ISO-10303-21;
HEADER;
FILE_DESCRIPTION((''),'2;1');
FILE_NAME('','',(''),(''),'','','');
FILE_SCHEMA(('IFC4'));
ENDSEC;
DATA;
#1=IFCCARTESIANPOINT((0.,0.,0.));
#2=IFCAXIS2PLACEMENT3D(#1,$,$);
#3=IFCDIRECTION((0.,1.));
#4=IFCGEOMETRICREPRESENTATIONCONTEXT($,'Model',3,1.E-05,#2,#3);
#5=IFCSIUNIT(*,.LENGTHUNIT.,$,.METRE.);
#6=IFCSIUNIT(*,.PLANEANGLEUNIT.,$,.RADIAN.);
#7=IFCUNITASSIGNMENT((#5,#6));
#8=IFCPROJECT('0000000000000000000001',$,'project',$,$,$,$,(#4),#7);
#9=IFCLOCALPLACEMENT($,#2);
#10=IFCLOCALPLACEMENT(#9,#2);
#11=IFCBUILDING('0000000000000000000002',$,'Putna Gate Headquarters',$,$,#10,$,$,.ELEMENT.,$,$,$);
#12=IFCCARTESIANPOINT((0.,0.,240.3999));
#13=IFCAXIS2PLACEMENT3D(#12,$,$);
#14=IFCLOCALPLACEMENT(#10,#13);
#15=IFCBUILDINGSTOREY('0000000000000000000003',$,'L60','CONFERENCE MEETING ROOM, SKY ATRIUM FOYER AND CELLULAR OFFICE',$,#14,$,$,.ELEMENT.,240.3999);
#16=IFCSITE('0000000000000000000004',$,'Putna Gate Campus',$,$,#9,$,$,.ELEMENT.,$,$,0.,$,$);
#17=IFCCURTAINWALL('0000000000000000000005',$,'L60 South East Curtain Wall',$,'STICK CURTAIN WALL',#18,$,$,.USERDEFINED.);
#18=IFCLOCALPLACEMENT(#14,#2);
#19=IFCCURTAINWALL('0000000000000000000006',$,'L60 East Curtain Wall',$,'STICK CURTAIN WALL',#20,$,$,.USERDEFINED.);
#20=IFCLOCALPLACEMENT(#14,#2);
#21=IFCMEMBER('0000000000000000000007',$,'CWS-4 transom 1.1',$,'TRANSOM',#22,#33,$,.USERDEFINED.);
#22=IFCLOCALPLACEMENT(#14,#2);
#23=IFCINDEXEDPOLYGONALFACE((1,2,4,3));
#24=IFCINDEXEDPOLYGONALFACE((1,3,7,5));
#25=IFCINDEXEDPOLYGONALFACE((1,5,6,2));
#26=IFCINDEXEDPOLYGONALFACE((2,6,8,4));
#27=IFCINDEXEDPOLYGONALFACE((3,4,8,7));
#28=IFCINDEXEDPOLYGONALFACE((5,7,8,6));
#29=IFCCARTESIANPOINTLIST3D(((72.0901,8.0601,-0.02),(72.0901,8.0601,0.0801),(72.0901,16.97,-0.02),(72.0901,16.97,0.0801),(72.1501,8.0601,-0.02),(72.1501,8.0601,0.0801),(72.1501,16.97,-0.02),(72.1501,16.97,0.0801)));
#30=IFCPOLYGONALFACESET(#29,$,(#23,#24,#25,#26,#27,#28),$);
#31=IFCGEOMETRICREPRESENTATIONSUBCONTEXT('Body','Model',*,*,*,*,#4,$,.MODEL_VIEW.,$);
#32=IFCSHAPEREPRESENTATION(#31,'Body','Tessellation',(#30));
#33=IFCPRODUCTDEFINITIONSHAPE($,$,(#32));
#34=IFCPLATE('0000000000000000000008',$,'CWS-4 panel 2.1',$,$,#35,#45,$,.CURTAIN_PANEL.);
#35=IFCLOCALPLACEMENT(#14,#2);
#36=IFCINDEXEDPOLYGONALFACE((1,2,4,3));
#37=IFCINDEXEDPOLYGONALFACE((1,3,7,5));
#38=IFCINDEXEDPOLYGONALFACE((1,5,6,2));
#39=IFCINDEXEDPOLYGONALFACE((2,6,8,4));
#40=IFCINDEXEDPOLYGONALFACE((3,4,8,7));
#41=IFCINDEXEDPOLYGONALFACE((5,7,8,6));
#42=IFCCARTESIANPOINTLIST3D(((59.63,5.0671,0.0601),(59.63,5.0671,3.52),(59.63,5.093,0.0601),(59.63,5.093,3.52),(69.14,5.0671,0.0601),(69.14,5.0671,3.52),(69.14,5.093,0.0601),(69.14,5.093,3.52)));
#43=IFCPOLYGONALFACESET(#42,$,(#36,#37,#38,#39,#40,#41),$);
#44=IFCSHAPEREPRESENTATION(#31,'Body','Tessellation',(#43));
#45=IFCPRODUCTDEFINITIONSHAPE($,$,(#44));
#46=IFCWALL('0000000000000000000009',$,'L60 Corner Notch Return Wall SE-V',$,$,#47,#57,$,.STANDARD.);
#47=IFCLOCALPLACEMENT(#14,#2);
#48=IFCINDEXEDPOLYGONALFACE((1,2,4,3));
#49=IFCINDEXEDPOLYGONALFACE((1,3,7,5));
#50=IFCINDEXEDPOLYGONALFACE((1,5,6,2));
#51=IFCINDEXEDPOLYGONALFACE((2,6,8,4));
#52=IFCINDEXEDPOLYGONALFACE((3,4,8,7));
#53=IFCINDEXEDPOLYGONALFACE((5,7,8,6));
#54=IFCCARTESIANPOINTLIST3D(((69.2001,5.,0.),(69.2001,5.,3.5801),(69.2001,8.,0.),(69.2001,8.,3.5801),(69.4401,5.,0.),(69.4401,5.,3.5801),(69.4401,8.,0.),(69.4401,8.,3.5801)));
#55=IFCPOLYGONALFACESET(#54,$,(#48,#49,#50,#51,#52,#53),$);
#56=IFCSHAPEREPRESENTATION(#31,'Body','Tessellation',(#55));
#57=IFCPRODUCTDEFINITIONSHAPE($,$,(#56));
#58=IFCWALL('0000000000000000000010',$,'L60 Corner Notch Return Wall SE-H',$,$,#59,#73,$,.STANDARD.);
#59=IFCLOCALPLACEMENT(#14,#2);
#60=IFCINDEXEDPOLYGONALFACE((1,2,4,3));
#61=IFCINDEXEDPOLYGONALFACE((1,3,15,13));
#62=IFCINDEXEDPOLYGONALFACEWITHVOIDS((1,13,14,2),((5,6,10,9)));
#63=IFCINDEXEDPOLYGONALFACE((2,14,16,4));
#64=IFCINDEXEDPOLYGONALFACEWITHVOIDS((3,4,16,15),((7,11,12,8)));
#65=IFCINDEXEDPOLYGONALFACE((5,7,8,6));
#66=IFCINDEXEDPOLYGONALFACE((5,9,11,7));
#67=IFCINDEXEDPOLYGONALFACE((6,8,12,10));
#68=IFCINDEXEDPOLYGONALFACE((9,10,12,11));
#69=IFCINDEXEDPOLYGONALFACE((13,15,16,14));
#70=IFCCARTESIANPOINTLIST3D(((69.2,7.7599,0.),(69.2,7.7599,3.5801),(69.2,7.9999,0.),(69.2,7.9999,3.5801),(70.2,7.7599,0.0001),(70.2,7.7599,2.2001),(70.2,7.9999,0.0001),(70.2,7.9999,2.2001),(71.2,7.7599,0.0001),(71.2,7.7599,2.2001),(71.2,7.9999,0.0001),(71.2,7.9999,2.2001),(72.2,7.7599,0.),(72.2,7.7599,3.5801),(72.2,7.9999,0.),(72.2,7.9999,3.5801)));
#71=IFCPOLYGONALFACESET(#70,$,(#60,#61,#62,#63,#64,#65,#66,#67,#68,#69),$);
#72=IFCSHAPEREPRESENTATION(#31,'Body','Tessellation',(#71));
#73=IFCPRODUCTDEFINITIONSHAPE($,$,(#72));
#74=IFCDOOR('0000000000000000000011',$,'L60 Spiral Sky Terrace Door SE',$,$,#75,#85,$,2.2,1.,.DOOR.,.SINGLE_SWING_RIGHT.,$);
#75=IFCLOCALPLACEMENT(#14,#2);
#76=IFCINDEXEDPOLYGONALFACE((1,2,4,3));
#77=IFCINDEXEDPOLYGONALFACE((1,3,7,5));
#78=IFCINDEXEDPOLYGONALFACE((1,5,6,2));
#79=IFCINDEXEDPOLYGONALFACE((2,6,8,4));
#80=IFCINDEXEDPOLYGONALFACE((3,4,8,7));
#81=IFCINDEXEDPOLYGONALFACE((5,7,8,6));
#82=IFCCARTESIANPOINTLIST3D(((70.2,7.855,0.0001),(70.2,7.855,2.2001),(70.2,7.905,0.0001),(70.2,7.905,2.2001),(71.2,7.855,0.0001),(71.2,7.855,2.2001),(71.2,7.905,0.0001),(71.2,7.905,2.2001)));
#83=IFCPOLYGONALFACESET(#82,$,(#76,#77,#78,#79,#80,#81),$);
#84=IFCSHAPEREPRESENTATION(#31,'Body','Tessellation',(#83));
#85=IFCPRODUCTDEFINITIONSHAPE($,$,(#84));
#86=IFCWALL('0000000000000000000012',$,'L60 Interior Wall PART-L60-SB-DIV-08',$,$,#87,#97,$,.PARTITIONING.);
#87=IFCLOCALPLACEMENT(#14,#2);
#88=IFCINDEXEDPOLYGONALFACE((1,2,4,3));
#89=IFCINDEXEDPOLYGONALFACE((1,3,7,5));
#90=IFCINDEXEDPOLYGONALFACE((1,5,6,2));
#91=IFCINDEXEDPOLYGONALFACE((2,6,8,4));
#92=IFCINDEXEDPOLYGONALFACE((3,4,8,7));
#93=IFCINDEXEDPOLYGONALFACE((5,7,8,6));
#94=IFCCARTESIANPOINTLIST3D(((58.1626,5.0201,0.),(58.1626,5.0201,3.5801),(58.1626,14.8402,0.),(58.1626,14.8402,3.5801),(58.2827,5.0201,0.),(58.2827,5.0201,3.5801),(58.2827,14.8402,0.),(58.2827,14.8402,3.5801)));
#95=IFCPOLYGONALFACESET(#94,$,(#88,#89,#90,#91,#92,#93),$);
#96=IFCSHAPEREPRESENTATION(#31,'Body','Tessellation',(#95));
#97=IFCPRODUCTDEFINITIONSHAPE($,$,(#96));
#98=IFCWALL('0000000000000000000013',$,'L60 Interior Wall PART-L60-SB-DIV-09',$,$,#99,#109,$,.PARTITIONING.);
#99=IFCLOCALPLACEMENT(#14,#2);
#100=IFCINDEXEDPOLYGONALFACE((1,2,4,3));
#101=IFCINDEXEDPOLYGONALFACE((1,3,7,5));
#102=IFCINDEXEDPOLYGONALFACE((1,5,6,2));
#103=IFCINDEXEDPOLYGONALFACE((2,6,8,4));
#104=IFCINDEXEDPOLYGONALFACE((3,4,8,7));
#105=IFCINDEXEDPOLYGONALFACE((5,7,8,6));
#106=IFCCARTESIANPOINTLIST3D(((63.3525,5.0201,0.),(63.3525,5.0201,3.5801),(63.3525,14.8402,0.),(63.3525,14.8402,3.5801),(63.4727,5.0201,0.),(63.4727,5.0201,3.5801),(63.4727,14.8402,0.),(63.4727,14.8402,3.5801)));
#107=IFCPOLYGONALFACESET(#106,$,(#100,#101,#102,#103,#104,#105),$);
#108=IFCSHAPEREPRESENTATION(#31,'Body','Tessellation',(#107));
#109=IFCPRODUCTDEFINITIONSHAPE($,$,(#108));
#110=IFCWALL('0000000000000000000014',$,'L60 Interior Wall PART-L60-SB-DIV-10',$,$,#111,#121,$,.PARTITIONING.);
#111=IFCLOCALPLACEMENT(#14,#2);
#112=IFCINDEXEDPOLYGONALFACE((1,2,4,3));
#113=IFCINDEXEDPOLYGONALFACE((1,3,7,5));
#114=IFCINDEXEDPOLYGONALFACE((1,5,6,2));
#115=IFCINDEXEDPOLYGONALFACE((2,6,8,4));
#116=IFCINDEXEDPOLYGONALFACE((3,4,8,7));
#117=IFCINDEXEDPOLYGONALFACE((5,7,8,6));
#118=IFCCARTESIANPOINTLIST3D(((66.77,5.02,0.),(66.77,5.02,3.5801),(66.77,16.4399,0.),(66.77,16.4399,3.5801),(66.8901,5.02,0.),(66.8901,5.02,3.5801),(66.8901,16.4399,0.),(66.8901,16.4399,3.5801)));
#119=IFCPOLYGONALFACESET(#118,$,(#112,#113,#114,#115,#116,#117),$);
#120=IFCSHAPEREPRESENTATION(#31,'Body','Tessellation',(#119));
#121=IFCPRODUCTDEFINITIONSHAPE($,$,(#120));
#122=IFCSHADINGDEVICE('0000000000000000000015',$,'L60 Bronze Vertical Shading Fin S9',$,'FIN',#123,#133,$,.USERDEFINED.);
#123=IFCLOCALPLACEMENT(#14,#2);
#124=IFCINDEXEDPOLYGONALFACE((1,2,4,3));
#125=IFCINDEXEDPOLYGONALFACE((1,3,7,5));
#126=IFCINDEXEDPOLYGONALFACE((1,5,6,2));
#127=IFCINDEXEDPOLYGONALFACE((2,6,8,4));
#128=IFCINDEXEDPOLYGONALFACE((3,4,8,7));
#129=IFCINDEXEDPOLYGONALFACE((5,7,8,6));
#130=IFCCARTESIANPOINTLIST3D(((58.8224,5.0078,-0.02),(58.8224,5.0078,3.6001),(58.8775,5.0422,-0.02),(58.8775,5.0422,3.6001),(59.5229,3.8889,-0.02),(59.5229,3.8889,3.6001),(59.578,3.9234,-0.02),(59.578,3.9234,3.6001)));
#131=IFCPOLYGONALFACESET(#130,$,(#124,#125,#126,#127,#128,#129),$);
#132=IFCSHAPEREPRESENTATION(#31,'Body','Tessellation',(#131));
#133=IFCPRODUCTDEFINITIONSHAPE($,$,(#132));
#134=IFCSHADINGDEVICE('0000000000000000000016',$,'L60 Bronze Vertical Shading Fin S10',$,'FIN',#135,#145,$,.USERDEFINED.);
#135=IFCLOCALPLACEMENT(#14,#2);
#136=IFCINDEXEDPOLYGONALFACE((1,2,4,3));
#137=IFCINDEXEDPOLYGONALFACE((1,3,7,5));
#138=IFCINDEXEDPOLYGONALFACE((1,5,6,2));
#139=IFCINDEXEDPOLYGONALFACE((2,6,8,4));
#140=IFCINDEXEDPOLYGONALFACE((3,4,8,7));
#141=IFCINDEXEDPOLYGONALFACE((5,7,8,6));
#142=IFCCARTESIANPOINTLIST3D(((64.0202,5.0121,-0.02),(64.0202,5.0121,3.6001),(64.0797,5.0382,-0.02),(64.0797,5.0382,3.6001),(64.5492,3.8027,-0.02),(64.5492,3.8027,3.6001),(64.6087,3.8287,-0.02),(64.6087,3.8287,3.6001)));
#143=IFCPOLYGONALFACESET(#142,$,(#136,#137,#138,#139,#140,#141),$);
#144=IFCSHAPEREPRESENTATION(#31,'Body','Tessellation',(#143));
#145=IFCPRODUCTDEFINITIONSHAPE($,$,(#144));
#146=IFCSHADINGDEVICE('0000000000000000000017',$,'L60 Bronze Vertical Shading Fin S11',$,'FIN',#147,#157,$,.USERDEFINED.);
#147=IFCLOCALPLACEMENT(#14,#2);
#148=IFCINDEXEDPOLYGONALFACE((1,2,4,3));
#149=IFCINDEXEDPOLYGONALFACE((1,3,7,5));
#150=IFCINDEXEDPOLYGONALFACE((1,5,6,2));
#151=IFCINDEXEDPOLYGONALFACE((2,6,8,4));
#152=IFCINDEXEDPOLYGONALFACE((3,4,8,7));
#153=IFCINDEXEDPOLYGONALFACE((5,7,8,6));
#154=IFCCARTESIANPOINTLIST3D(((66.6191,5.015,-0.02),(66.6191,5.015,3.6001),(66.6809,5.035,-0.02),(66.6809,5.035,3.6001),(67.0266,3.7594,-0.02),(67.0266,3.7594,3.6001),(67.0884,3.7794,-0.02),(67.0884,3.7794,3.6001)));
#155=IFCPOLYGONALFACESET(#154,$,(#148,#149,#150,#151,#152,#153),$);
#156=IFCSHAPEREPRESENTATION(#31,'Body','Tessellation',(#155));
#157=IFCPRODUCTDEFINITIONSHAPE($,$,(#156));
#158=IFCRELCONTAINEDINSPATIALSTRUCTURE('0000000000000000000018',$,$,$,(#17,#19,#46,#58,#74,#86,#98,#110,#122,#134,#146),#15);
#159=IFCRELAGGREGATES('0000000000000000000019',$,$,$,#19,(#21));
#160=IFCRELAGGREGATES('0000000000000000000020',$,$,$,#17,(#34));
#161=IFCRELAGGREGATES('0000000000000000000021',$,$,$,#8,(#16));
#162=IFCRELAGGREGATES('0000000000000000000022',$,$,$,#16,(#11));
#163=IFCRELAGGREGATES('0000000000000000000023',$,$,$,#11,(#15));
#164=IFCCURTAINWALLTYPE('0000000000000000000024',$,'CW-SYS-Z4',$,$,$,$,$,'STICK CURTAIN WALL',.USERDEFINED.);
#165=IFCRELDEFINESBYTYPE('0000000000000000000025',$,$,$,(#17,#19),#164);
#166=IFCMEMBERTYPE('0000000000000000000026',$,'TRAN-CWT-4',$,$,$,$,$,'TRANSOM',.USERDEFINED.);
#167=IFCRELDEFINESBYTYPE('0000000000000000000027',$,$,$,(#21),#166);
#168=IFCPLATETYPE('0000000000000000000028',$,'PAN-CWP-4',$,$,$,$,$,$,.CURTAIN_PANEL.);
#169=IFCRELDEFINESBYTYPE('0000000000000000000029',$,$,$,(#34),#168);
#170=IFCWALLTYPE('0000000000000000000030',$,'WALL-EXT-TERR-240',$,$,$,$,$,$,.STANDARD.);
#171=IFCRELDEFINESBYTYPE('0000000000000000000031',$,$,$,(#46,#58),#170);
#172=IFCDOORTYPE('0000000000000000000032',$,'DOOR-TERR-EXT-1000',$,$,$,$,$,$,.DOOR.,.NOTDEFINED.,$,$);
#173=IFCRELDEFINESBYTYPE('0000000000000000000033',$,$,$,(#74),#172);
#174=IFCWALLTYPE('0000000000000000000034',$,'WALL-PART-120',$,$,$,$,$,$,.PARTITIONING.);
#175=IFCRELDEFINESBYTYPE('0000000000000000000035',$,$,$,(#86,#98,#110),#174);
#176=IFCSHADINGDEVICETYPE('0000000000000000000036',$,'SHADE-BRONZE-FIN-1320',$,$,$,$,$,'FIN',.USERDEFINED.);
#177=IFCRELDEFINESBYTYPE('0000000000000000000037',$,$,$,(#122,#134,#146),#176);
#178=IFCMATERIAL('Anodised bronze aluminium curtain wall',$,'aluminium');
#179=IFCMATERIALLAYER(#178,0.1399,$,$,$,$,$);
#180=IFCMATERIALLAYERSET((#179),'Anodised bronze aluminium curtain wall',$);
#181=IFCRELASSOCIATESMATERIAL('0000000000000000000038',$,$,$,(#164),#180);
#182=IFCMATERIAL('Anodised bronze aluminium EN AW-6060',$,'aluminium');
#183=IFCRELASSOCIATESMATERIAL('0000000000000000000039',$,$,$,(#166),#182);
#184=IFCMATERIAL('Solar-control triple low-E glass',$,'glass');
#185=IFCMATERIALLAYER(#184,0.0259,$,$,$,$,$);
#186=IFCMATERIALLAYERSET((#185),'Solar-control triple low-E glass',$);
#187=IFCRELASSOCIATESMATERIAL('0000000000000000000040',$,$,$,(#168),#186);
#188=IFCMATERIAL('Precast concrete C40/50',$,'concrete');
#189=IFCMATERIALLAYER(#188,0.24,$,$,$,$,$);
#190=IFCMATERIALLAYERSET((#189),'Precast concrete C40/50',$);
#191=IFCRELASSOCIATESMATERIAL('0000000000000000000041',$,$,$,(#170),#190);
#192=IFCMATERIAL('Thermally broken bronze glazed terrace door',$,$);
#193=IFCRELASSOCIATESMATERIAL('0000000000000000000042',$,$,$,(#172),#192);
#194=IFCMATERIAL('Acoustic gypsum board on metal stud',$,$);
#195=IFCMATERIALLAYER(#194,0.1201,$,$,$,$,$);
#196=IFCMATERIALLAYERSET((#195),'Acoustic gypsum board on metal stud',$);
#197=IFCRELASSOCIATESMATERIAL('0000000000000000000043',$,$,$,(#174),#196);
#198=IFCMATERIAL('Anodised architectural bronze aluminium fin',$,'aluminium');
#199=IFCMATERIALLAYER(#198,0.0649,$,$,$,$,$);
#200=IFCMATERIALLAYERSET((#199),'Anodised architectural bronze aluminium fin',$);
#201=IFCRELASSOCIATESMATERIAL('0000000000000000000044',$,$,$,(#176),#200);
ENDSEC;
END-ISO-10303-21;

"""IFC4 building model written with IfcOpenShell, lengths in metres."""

from ifc_helpers import new_model, si_unit, direction, frame, frame_2d, origin, origin_2d, place, context, subcontext, project, spatial, rectangle, extrude, material, layer, layer_set, material_profile, profile_set, type_object, element, fill, aggregate, save


model = new_model("IFC4")

# Units and contexts
model_context = context("Model", 3, precision=1e-05, world=origin(), true_north=direction((0.0, 1.0)))
body_context = subcontext(model_context, "Body", "Model", "MODEL_VIEW")
ifc_project = project(units=[si_unit("LENGTHUNIT", "METRE"), si_unit("PLANEANGLEUNIT", "RADIAN")], contexts=[model_context])

# Site, building, storey
site_placement = place(None, origin())
site = spatial("IfcSite", under=ifc_project, at=site_placement, Name="Putna Gate Campus", CompositionType="ELEMENT", RefElevation=0.0)
building_placement = place(site_placement, origin())
building = spatial("IfcBuilding", under=site, at=building_placement, Name="Putna Gate Headquarters", CompositionType="ELEMENT")
storey_placement = place(building_placement, frame((0.0, 0.0, 240.3999)))
storey = spatial("IfcBuildingStorey", under=building, at=storey_placement, Name="L60", Description="CONFERENCE MEETING ROOM, SKY ATRIUM FOYER AND CELLULAR OFFICE", CompositionType="ELEMENT", Elevation=240.3999)

# Curtain wall
ifc_material_1 = material(Name="Anodised bronze aluminium curtain wall", Category="aluminium")
ifc_layer_1 = layer(ifc_material_1, 0.1399)
ifc_layer_set_1 = layer_set([ifc_layer_1], Name="Anodised bronze aluminium curtain wall")
curtain_wall_type = type_object("IfcCurtainWallType", Name="CW-SYS-Z4", ElementType="STICK CURTAIN WALL", PredefinedType="USERDEFINED", material=ifc_layer_set_1)
curtain_wall_1_placement = place(storey_placement, origin())
curtain_wall_1 = element("IfcCurtainWall", 1, at=curtain_wall_1_placement, inside=storey, type_object=curtain_wall_type, Name="L60 South East Curtain Wall", ObjectType="STICK CURTAIN WALL", PredefinedType="USERDEFINED")
ifc_material_2 = material(Name="Anodised bronze aluminium EN AW-6060", Category="aluminium")

# Curtain wall
curtain_wall_2_placement = place(storey_placement, origin())
curtain_wall_2 = element("IfcCurtainWall", 2, at=curtain_wall_2_placement, inside=storey, type_object=curtain_wall_type, Name="L60 East Curtain Wall", ObjectType="STICK CURTAIN WALL", PredefinedType="USERDEFINED")

# Member
ifc_material_profile_1 = material_profile(ifc_material_2, rectangle(XDim=0.0601, YDim=0.1001, at=origin_2d()), Name="Anodised bronze aluminium EN AW-6060")
ifc_profile_set_1 = profile_set([ifc_material_profile_1], Name="Anodised bronze aluminium EN AW-6060")
member_type_1 = type_object("IfcMemberType", Name="TRAN-CWT-4", ElementType="TRANSOM", PredefinedType="USERDEFINED", material=ifc_profile_set_1)
member_1_placement = place(storey_placement, frame((72.1201, 8.0601, 0.03), z_axis=(0.0, 1.0, 0.0), x_axis=(-1.0, 0.0, 0.0)))
member_1 = element("IfcMember", 3, at=member_1_placement, type_object=member_type_1, Name="CWS-4 transom 1.1", ObjectType="TRANSOM", PredefinedType="USERDEFINED", context=body_context, shape_type="SweptSolid", body=[
    extrude(rectangle(XDim=0.0601, YDim=0.1001, at=origin_2d()), origin(), (0.0, 0.0, 1.0), 8.9099),
])
aggregate(curtain_wall_2, [member_1])

# Plate
ifc_material_3 = material(Name="Solar-control triple low-E glass", Category="glass")
ifc_layer_2 = layer(ifc_material_3, 0.0259)
ifc_layer_set_2 = layer_set([ifc_layer_2], Name="Solar-control triple low-E glass")
plate_type = type_object("IfcPlateType", Name="PAN-CWP-4", PredefinedType="CURTAIN_PANEL", material=ifc_layer_set_2)
plate_placement = place(storey_placement, frame((64.385, 5.0801, 0.0601), z_axis=(0.0, 0.0, 1.0), x_axis=(1.0, 0.0, 0.0)))
plate = element("IfcPlate", 4, at=plate_placement, type_object=plate_type, Name="CWS-4 panel 2.1", PredefinedType="CURTAIN_PANEL", context=body_context, shape_type="SweptSolid", body=[
    extrude(rectangle(XDim=9.51, YDim=0.0259, at=origin_2d()), origin(), (0.0, 0.0, 1.0), 3.46),
])
aggregate(curtain_wall_1, [plate])

# Wall
ifc_material_4 = material(Name="Precast concrete C40/50", Category="concrete")
ifc_layer_3 = layer(ifc_material_4, 0.24)
ifc_layer_set_3 = layer_set([ifc_layer_3], Name="Precast concrete C40/50")
wall_type_1 = type_object("IfcWallType", Name="WALL-EXT-TERR-240", PredefinedType="STANDARD", material=ifc_layer_set_3)
wall_1_placement = place(storey_placement, frame((69.3201, 8.0, 0.0), z_axis=(0.0, 0.0, 1.0), x_axis=(0.0, -1.0, 0.0)))
element("IfcWall", 5, at=wall_1_placement, inside=storey, type_object=wall_type_1, Name="L60 Corner Notch Return Wall SE-V", PredefinedType="STANDARD", context=body_context, shape_type="SweptSolid", body=[
    extrude(rectangle(XDim=3.0, YDim=0.24, at=frame_2d((1.5, 0.0))), origin(), (0.0, 0.0, 1.0), 3.5801),
])

# Wall, opening, door
wall_2_placement = place(storey_placement, frame((72.2, 7.8799, 0.0), z_axis=(0.0, 0.0, 1.0), x_axis=(-1.0, 0.0, 0.0)))
wall_2 = element("IfcWall", 6, at=wall_2_placement, inside=storey, type_object=wall_type_1, Name="L60 Corner Notch Return Wall SE-H", PredefinedType="STANDARD", context=body_context, shape_type="SweptSolid", body=[
    extrude(rectangle(XDim=3.0, YDim=0.24, at=frame_2d((1.5, 0.0))), origin(), (0.0, 0.0, 1.0), 3.5801),
])
opening_placement = place(wall_2_placement, frame((1.0, 0.0, 0.0)))
opening = element("IfcOpeningElement", 7, at=opening_placement, cuts=wall_2, PredefinedType="OPENING", context=body_context, shape_type="SweptSolid", body=[
    extrude(rectangle(XDim=1.0, YDim=2.2, at=frame_2d((0.5, 1.1001))), frame((0.0, 0.1299, 0.0), z_axis=(0.0, -1.0, 0.0), x_axis=(1.0, 0.0, 0.0)), (0.0, 0.0, 1.0), 0.26),
])
ifc_material_5 = material(Name="Thermally broken bronze glazed terrace door")
door_type = type_object("IfcDoorType", Name="DOOR-TERR-EXT-1000", OperationType="NOTDEFINED", PredefinedType="DOOR", material=ifc_material_5)
door_placement = place(opening_placement, origin())
door = element("IfcDoor", 8, at=door_placement, inside=storey, type_object=door_type, Name="L60 Spiral Sky Terrace Door SE", OperationType="SINGLE_SWING_RIGHT", OverallHeight=2.2, OverallWidth=1.0, PredefinedType="DOOR", context=body_context, shape_type="SweptSolid", body=[
    extrude(rectangle(XDim=1.0, YDim=2.2, at=frame_2d((0.5, 1.1001))), frame((0.0, 0.0249, 0.0), z_axis=(0.0, -1.0, 0.0), x_axis=(1.0, 0.0, 0.0)), (0.0, 0.0, 1.0), 0.05),
])
fill(opening, door)

# Walls
ifc_material_6 = material(Name="Acoustic gypsum board on metal stud")
ifc_layer_4 = layer(ifc_material_6, 0.1201)
ifc_layer_set_4 = layer_set([ifc_layer_4], Name="Acoustic gypsum board on metal stud")
wall_type_2 = type_object("IfcWallType", Name="WALL-PART-120", PredefinedType="PARTITIONING", material=ifc_layer_set_4)
for number, where, z_axis, x_axis, name in (
    (9, (58.2227, 5.02, 0.0), (0.0, 0.0, 1.0), (0.0, 1.0, 0.0), "L60 Interior Wall PART-L60-SB-DIV-08"),
    (10, (63.4126, 5.02, 0.0), (0.0, 0.0, 1.0), (0.0, 1.0, 0.0), "L60 Interior Wall PART-L60-SB-DIV-09"),
):
    element("IfcWall", number, at=place(storey_placement, frame(where, z_axis=z_axis, x_axis=x_axis)), inside=storey, type_object=wall_type_2, Name=name, PredefinedType="PARTITIONING", context=body_context, shape_type="SweptSolid", body=[
        extrude(rectangle(XDim=9.8201, YDim=0.1201, at=frame_2d((4.9102, 0.0))), origin(), (0.0, 0.0, 1.0), 3.5801),
    ])
wall_3_placement = place(storey_placement, frame((66.8301, 5.02, 0.0), z_axis=(0.0, 0.0, 1.0), x_axis=(0.0, 1.0, 0.0)))
element("IfcWall", 11, at=wall_3_placement, inside=storey, type_object=wall_type_2, Name="L60 Interior Wall PART-L60-SB-DIV-10", PredefinedType="PARTITIONING", context=body_context, shape_type="SweptSolid", body=[
    extrude(rectangle(XDim=11.4199, YDim=0.1201, at=frame_2d((5.71, 0.0))), origin(), (0.0, 0.0, 1.0), 3.5801),
])

# Shading devices
ifc_material_7 = material(Name="Anodised architectural bronze aluminium fin", Category="aluminium")
ifc_layer_5 = layer(ifc_material_7, 0.0649)
ifc_layer_set_5 = layer_set([ifc_layer_5], Name="Anodised architectural bronze aluminium fin")
shading_device_type = type_object("IfcShadingDeviceType", Name="SHADE-BRONZE-FIN-1320", ElementType="FIN", PredefinedType="USERDEFINED", material=ifc_layer_set_5)
for number, where, z_axis, x_axis, name in (
    (12, (59.2002, 4.4656, -0.02), (0.0, 0.0, 1.0), (0.530659, -0.847585, 0.0), "L60 Bronze Vertical Shading Fin S9"),
    (13, (64.3145, 4.4204, -0.02), (0.0, 0.0, 1.0), (0.400669, -0.916223, 0.0), "L60 Bronze Vertical Shading Fin S10"),
    (14, (66.8538, 4.3972, -0.02), (0.0, 0.0, 1.0), (0.308685, -0.951164, 0.0), "L60 Bronze Vertical Shading Fin S11"),
):
    element("IfcShadingDevice", number, at=place(storey_placement, frame(where, z_axis=z_axis, x_axis=x_axis)), inside=storey, type_object=shading_device_type, Name=name, ObjectType="FIN", PredefinedType="USERDEFINED", context=body_context, shape_type="SweptSolid", body=[
        extrude(rectangle(XDim=1.3201, YDim=0.0649, at=origin_2d()), origin(), (0.0, 0.0, 1.0), 3.6201),
    ])

save(model, "model.ifc")
